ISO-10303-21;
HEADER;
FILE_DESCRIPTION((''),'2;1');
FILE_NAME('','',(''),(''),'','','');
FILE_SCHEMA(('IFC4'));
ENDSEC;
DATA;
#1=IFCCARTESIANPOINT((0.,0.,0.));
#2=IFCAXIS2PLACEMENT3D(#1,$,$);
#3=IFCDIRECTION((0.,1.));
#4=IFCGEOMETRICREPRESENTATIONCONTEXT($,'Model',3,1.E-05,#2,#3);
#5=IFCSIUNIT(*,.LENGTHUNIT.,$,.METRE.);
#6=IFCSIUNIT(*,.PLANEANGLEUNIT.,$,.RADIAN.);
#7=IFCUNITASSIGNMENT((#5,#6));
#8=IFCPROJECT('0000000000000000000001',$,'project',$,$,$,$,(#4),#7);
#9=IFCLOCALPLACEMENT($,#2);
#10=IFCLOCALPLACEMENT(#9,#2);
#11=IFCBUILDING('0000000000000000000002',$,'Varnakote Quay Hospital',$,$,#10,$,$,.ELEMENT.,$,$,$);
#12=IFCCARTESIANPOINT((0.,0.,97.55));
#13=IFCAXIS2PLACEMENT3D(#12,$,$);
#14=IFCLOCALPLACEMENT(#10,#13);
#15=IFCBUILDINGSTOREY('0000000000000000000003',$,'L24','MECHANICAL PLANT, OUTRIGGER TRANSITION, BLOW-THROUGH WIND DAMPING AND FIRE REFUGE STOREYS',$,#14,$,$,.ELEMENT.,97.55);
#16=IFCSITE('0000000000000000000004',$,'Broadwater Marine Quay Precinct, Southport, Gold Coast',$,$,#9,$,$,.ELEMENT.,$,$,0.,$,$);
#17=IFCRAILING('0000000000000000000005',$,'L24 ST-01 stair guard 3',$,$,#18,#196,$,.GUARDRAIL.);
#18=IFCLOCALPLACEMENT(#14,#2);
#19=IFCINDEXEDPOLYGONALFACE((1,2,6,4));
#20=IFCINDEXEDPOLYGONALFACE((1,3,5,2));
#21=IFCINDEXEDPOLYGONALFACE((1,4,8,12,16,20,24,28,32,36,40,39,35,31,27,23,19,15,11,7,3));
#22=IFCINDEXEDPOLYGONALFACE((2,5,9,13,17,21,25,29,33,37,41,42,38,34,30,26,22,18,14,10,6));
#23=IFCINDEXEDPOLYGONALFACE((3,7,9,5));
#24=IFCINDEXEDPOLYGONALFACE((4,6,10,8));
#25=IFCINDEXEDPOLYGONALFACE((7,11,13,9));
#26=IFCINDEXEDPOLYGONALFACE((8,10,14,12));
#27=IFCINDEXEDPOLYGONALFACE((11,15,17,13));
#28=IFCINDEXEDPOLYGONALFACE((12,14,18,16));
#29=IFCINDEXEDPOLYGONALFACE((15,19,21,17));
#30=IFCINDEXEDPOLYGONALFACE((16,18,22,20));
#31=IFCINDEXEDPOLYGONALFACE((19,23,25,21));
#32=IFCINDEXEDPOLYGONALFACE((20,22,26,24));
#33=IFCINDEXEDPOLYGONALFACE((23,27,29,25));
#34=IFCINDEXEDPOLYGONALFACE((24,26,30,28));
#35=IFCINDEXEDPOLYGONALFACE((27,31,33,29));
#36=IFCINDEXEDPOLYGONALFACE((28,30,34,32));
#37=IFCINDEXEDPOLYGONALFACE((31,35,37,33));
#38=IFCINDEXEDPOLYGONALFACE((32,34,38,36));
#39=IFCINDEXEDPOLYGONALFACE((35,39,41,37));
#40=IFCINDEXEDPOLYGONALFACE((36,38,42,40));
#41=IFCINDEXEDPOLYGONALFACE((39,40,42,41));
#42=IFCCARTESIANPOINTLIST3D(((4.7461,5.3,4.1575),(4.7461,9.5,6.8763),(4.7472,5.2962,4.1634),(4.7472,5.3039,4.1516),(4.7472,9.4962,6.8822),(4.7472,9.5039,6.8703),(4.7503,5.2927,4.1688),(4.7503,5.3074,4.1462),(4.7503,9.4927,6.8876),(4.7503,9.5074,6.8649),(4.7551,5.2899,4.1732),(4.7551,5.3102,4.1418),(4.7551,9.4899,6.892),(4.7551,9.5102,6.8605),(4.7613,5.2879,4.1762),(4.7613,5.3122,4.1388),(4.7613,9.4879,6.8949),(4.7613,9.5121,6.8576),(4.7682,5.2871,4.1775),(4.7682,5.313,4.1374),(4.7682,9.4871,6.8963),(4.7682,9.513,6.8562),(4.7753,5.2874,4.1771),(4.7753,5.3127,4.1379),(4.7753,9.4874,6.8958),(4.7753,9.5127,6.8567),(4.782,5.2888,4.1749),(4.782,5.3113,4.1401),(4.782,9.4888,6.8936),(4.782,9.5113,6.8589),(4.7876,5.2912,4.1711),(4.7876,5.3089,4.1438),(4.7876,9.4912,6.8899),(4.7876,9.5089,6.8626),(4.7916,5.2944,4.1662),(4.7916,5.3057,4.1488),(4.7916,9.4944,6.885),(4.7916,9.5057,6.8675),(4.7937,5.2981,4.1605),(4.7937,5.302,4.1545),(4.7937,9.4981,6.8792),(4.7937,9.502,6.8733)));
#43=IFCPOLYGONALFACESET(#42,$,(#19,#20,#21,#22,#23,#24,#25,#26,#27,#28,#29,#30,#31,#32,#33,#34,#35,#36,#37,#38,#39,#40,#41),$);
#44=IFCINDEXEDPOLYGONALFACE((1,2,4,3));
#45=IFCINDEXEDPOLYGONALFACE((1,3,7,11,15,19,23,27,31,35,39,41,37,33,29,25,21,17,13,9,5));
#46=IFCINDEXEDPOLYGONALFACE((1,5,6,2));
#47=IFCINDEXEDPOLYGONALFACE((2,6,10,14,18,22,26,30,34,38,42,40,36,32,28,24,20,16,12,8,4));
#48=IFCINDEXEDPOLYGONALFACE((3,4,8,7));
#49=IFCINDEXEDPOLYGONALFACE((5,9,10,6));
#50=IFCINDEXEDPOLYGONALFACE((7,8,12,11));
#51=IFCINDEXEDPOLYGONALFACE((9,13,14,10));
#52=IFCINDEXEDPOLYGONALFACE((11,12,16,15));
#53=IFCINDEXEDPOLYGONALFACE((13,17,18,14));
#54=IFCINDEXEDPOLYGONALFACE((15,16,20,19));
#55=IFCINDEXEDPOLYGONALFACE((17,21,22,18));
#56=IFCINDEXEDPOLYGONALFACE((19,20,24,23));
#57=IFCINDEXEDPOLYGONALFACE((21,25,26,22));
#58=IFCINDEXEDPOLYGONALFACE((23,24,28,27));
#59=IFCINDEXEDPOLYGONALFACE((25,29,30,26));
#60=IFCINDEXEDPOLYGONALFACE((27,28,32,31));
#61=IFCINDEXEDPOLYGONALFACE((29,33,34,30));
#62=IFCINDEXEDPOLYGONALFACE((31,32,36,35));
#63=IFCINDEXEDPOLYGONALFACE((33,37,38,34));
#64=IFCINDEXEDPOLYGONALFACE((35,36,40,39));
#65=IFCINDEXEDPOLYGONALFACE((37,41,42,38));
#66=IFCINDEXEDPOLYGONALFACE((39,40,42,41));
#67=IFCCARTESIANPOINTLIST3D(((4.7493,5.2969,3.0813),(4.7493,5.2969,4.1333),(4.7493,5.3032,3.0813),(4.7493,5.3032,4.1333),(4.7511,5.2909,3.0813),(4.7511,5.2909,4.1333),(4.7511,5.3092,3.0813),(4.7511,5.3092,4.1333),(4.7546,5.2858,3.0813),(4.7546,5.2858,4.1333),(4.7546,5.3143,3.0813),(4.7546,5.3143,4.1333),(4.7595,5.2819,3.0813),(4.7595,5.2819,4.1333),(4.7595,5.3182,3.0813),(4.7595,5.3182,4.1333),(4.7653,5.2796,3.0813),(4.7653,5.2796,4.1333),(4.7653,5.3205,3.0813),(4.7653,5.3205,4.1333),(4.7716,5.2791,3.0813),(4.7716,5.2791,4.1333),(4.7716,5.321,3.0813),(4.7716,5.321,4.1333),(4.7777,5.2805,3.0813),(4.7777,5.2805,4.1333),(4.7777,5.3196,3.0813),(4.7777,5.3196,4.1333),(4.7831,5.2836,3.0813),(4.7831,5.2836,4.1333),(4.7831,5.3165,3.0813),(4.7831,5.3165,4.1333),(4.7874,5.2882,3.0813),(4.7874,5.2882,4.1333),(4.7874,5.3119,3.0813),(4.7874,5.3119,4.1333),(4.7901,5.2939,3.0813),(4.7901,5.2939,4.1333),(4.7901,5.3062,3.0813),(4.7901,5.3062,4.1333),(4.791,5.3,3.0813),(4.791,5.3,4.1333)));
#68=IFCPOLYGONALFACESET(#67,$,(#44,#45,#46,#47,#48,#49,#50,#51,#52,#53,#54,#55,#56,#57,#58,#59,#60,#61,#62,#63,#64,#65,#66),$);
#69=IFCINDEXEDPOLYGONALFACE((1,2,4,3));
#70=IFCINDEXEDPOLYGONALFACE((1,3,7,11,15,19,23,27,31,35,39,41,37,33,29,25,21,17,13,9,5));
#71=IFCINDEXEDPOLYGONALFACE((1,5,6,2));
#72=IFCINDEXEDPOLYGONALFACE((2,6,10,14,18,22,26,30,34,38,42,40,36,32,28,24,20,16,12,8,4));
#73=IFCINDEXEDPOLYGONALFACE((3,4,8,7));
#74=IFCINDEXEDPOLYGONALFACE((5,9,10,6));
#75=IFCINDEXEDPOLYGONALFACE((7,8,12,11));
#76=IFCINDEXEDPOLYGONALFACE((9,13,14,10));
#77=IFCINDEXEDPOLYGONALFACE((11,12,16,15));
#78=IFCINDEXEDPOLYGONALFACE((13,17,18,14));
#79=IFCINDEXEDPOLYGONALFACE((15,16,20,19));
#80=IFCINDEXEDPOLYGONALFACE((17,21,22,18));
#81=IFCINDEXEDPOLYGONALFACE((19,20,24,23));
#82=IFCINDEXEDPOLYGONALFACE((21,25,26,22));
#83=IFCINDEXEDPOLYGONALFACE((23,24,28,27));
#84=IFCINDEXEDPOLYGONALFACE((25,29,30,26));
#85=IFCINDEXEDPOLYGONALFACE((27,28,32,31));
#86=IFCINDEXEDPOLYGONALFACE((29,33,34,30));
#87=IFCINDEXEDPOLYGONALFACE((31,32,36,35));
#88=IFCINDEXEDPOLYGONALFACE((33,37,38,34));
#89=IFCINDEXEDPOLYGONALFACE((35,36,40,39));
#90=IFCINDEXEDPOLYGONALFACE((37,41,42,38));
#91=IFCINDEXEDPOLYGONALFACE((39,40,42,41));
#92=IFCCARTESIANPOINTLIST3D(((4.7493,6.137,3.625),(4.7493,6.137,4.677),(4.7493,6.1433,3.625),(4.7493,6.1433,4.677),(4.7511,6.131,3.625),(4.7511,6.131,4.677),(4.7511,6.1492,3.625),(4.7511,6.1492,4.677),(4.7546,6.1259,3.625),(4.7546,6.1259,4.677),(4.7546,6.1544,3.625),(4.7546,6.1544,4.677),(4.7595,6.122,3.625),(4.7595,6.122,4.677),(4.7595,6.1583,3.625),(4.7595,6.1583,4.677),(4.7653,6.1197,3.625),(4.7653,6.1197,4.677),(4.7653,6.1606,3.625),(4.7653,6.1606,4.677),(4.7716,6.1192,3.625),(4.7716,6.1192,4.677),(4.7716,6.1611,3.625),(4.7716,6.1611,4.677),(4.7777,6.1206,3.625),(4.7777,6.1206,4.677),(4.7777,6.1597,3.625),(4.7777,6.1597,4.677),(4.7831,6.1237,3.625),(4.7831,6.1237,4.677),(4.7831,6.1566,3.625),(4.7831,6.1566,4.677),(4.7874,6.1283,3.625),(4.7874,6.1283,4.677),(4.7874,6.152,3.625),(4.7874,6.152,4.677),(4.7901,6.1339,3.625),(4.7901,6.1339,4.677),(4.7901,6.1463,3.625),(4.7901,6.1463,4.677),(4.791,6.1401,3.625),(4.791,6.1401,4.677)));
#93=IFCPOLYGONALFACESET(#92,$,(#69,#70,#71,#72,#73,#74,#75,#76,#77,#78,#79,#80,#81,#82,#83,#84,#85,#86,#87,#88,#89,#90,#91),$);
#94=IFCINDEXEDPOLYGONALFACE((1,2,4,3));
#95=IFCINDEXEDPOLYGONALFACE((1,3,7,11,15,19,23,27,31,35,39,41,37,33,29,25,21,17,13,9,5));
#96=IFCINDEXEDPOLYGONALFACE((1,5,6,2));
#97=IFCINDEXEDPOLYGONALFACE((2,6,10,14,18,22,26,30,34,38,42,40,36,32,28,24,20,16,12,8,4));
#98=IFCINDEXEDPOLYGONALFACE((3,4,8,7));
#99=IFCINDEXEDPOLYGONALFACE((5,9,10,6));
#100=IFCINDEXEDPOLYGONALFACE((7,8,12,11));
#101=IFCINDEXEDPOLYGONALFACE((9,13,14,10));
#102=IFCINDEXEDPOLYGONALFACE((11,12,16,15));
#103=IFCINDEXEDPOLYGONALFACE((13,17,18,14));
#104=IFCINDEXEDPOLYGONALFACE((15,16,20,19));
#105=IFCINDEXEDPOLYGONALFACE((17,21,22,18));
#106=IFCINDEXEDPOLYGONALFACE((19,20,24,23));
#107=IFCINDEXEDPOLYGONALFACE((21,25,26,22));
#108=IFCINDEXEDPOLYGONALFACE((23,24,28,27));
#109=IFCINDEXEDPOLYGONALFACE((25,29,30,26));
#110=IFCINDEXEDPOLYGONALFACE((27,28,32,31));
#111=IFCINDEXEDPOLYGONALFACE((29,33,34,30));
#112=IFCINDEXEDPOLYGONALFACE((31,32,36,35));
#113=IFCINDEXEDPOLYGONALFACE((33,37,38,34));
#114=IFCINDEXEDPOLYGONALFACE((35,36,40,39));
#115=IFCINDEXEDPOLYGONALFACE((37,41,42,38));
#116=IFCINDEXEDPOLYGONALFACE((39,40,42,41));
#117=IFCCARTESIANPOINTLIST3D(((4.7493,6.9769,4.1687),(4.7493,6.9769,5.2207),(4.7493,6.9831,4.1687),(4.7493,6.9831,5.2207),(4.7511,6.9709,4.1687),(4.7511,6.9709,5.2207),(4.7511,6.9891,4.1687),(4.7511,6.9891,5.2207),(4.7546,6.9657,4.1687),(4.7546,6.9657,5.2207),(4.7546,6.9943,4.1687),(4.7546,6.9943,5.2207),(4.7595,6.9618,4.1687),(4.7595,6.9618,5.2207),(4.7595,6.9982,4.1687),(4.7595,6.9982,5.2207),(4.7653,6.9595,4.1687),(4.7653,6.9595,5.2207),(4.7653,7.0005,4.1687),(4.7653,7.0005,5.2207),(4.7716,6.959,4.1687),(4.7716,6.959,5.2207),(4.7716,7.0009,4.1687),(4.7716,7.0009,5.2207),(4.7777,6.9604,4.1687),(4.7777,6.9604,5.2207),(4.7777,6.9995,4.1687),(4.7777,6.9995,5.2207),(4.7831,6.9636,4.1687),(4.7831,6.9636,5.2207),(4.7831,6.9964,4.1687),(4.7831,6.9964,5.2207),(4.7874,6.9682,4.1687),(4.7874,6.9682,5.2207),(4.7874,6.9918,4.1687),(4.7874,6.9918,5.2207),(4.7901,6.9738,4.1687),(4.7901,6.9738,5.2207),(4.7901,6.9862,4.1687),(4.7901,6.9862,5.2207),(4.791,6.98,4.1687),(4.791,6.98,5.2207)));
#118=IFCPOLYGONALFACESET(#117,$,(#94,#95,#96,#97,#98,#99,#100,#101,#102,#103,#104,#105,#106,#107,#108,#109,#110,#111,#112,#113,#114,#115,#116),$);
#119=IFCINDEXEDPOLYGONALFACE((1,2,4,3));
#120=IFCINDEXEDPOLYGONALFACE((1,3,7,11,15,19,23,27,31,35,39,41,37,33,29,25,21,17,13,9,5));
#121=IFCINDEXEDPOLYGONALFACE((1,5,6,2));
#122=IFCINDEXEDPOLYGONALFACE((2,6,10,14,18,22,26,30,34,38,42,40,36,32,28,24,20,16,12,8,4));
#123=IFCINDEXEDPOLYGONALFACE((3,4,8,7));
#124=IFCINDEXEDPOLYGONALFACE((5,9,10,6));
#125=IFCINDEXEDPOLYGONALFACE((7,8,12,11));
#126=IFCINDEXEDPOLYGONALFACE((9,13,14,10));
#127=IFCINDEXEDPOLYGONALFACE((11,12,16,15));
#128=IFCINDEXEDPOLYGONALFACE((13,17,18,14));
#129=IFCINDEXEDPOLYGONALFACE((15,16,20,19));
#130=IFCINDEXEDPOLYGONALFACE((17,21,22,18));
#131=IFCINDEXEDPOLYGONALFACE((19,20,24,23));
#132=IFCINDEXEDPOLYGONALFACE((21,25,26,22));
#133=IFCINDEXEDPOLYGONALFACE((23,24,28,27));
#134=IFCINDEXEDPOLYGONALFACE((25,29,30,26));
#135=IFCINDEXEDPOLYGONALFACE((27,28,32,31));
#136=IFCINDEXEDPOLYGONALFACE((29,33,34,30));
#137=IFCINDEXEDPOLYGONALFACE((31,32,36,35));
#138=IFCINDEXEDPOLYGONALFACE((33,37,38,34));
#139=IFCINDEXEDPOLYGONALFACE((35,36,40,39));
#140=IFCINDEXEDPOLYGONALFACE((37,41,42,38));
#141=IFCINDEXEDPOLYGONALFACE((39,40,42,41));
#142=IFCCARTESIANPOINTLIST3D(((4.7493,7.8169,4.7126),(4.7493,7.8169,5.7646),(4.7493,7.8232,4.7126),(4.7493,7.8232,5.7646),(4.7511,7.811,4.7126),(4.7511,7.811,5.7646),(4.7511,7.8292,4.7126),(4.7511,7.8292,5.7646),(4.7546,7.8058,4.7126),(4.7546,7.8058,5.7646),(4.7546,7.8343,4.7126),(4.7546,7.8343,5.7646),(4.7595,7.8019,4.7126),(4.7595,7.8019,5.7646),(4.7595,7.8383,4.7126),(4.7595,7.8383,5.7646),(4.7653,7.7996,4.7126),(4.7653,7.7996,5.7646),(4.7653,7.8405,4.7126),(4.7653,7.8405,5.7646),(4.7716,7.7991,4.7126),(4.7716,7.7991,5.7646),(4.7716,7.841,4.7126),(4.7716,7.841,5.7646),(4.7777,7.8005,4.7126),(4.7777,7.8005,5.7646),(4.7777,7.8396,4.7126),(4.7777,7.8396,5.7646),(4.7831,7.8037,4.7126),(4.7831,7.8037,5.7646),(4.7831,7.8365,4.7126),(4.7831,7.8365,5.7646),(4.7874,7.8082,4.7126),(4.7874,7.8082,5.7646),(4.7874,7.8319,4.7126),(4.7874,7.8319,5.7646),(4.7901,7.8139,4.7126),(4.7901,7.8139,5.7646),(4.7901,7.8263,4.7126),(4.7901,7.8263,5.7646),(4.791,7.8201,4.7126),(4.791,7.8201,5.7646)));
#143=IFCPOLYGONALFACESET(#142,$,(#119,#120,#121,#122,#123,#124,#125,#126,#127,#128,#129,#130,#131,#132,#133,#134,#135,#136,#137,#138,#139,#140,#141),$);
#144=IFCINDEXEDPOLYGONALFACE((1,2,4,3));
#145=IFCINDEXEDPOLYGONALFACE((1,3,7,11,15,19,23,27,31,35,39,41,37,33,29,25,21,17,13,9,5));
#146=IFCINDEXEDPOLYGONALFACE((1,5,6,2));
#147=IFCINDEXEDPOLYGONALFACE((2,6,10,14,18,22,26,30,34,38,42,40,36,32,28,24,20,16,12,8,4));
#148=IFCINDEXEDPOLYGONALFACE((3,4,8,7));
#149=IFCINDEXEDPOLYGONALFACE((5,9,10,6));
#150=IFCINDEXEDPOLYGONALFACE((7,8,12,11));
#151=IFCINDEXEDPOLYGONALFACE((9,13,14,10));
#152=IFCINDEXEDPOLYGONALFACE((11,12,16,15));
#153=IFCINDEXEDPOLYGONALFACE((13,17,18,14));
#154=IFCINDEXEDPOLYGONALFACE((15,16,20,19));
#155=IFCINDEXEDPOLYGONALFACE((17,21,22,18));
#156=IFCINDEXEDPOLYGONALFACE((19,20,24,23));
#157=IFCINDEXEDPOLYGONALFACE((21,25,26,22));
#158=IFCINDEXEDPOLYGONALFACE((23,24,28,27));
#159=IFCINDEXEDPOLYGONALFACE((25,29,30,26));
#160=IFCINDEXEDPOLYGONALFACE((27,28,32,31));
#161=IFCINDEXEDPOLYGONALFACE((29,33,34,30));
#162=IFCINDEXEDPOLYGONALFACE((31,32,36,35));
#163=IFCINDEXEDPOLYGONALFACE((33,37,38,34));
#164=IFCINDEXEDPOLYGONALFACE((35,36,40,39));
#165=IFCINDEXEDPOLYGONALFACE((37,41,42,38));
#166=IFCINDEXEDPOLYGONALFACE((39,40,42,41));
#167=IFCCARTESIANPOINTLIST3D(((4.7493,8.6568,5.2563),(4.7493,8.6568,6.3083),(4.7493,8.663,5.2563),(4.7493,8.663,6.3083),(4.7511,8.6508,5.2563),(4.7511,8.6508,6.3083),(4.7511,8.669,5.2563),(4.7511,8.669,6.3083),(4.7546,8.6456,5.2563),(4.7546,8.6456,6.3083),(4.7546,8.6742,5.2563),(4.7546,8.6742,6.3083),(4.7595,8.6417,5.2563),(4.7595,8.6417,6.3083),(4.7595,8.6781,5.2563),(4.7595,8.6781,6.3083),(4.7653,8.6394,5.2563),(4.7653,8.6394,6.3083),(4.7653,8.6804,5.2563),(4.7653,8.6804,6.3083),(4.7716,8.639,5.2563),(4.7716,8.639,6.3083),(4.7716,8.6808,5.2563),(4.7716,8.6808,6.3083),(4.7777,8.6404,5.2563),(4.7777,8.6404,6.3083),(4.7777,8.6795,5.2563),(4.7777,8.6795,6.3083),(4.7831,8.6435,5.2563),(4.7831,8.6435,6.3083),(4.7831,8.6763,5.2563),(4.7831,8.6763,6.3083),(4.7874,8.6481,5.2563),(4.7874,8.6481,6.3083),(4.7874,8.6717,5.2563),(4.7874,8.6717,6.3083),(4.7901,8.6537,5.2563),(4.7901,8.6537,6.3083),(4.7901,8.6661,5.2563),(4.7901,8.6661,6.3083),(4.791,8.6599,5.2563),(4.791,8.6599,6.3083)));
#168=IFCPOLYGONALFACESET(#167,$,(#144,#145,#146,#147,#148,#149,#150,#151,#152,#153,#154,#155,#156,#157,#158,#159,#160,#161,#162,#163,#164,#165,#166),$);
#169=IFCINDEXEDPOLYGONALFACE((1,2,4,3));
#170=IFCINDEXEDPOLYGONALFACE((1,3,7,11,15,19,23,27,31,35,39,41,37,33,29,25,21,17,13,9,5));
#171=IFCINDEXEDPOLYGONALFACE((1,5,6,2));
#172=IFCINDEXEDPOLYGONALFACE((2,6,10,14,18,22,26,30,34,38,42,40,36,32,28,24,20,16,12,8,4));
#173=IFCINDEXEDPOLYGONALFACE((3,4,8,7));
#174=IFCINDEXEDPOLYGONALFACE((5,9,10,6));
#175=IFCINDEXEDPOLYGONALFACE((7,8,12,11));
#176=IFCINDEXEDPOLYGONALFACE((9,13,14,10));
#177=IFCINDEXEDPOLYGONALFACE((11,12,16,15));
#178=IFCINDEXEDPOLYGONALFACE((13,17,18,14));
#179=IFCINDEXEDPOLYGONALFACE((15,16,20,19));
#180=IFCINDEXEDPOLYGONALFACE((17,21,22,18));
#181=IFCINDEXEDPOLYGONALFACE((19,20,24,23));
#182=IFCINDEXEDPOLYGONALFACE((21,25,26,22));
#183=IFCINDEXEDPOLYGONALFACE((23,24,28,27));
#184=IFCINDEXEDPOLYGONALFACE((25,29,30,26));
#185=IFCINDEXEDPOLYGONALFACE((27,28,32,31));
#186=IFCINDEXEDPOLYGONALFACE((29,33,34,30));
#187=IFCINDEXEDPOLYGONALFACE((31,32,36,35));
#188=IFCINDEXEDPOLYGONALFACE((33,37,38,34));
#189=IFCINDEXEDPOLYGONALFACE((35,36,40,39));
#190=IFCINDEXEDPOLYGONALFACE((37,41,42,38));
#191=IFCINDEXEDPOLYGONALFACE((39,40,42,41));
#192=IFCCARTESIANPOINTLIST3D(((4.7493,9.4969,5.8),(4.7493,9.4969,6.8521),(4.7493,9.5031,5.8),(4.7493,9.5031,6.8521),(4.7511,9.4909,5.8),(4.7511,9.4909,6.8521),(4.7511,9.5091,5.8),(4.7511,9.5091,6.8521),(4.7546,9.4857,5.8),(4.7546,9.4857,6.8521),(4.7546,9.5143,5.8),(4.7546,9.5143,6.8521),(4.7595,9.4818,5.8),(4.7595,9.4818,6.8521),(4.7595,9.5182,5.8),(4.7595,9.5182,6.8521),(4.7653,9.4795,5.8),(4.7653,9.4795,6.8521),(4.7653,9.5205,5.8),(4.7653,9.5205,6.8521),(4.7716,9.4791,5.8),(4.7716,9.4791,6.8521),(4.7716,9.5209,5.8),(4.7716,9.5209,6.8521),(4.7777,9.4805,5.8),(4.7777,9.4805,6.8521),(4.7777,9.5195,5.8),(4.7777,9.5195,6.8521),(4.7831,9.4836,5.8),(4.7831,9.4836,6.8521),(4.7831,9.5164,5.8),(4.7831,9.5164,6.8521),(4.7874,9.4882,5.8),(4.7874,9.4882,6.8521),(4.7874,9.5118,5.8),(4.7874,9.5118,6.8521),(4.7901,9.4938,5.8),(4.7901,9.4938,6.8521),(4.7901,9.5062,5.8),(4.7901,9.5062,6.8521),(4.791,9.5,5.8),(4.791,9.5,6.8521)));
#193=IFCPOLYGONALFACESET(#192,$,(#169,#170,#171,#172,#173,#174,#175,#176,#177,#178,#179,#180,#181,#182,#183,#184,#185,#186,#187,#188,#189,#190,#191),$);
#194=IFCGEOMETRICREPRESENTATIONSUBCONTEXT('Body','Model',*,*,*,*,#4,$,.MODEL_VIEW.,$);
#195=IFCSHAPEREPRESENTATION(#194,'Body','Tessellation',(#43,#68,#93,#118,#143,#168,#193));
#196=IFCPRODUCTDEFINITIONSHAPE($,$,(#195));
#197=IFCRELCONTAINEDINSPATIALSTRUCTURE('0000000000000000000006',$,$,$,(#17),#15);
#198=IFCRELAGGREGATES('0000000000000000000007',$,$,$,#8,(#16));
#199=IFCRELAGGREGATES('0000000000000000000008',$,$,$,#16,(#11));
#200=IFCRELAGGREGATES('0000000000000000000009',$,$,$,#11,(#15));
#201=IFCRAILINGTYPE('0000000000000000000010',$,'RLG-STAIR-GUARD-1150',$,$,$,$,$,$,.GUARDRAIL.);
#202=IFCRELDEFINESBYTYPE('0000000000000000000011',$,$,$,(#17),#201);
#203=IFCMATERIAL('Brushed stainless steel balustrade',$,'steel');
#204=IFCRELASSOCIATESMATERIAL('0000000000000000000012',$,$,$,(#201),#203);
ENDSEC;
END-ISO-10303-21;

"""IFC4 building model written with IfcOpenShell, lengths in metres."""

from ifc_helpers import new_model, si_unit, direction, frame, origin, origin_2d, place, context, subcontext, project, spatial, circle, extrude, material, type_object, element, save


model = new_model("IFC4")

# Units and contexts
model_context = context("Model", 3, precision=1e-05, world=origin(), true_north=direction((0.0, 1.0)))
body_context = subcontext(model_context, "Body", "Model", "MODEL_VIEW")
ifc_project = project(units=[si_unit("LENGTHUNIT", "METRE"), si_unit("PLANEANGLEUNIT", "RADIAN")], contexts=[model_context])

# Site, building, storey
site_placement = place(None, origin())
site = spatial("IfcSite", under=ifc_project, at=site_placement, Name="Broadwater Marine Quay Precinct, Southport, Gold Coast", CompositionType="ELEMENT", RefElevation=0.0)
building_placement = place(site_placement, origin())
building = spatial("IfcBuilding", under=site, at=building_placement, Name="Varnakote Quay Hospital", CompositionType="ELEMENT")
storey_placement = place(building_placement, frame((0.0, 0.0, 97.55)))
storey = spatial("IfcBuildingStorey", under=building, at=storey_placement, Name="L24", Description="MECHANICAL PLANT, OUTRIGGER TRANSITION, BLOW-THROUGH WIND DAMPING AND FIRE REFUGE STOREYS", CompositionType="ELEMENT", Elevation=97.55)

# Railing
ifc_material_1 = material(Name="Brushed stainless steel balustrade", Category="steel")
railing_type_1 = type_object("IfcRailingType", Name="RLG-STAIR-GUARD-1150", PredefinedType="GUARDRAIL", material=ifc_material_1)
railing_1_placement = place(storey_placement, frame((4.77, 5.3, 3.0813)))
element("IfcRailing", 1, at=railing_1_placement, inside=storey, type_object=railing_type_1, Name="L24 ST-01 stair guard 3", PredefinedType="GUARDRAIL", context=body_context, shape_type="SweptSolid", body=[
    extrude(circle(Radius=0.0239, at=origin_2d()), frame((0.0, 0.0, 1.0762), z_axis=(0.0, 0.839467, 0.543411), x_axis=(-1.0, 0.0, 0.0)), (0.0, 0.0, 1.0), 5.0032),
    extrude(circle(Radius=0.021, at=origin_2d()), origin(), (0.0, 0.0, 1.0), 1.052),
    extrude(circle(Radius=0.021, at=origin_2d()), frame((0.0, 0.8401, 0.5437)), (0.0, 0.0, 1.0), 1.052),
    extrude(circle(Radius=0.021, at=origin_2d()), frame((0.0, 1.6799, 1.0874)), (0.0, 0.0, 1.0), 1.052),
    extrude(circle(Radius=0.021, at=origin_2d()), frame((0.0, 2.52, 1.6313)), (0.0, 0.0, 1.0), 1.052),
    extrude(circle(Radius=0.021, at=origin_2d()), frame((0.0, 3.3599, 2.175)), (0.0, 0.0, 1.0), 1.052),
    extrude(circle(Radius=0.021, at=origin_2d()), frame((0.0, 4.2, 2.7188)), (0.0, 0.0, 1.0), 1.052),
])

save(model, "model.ifc")
